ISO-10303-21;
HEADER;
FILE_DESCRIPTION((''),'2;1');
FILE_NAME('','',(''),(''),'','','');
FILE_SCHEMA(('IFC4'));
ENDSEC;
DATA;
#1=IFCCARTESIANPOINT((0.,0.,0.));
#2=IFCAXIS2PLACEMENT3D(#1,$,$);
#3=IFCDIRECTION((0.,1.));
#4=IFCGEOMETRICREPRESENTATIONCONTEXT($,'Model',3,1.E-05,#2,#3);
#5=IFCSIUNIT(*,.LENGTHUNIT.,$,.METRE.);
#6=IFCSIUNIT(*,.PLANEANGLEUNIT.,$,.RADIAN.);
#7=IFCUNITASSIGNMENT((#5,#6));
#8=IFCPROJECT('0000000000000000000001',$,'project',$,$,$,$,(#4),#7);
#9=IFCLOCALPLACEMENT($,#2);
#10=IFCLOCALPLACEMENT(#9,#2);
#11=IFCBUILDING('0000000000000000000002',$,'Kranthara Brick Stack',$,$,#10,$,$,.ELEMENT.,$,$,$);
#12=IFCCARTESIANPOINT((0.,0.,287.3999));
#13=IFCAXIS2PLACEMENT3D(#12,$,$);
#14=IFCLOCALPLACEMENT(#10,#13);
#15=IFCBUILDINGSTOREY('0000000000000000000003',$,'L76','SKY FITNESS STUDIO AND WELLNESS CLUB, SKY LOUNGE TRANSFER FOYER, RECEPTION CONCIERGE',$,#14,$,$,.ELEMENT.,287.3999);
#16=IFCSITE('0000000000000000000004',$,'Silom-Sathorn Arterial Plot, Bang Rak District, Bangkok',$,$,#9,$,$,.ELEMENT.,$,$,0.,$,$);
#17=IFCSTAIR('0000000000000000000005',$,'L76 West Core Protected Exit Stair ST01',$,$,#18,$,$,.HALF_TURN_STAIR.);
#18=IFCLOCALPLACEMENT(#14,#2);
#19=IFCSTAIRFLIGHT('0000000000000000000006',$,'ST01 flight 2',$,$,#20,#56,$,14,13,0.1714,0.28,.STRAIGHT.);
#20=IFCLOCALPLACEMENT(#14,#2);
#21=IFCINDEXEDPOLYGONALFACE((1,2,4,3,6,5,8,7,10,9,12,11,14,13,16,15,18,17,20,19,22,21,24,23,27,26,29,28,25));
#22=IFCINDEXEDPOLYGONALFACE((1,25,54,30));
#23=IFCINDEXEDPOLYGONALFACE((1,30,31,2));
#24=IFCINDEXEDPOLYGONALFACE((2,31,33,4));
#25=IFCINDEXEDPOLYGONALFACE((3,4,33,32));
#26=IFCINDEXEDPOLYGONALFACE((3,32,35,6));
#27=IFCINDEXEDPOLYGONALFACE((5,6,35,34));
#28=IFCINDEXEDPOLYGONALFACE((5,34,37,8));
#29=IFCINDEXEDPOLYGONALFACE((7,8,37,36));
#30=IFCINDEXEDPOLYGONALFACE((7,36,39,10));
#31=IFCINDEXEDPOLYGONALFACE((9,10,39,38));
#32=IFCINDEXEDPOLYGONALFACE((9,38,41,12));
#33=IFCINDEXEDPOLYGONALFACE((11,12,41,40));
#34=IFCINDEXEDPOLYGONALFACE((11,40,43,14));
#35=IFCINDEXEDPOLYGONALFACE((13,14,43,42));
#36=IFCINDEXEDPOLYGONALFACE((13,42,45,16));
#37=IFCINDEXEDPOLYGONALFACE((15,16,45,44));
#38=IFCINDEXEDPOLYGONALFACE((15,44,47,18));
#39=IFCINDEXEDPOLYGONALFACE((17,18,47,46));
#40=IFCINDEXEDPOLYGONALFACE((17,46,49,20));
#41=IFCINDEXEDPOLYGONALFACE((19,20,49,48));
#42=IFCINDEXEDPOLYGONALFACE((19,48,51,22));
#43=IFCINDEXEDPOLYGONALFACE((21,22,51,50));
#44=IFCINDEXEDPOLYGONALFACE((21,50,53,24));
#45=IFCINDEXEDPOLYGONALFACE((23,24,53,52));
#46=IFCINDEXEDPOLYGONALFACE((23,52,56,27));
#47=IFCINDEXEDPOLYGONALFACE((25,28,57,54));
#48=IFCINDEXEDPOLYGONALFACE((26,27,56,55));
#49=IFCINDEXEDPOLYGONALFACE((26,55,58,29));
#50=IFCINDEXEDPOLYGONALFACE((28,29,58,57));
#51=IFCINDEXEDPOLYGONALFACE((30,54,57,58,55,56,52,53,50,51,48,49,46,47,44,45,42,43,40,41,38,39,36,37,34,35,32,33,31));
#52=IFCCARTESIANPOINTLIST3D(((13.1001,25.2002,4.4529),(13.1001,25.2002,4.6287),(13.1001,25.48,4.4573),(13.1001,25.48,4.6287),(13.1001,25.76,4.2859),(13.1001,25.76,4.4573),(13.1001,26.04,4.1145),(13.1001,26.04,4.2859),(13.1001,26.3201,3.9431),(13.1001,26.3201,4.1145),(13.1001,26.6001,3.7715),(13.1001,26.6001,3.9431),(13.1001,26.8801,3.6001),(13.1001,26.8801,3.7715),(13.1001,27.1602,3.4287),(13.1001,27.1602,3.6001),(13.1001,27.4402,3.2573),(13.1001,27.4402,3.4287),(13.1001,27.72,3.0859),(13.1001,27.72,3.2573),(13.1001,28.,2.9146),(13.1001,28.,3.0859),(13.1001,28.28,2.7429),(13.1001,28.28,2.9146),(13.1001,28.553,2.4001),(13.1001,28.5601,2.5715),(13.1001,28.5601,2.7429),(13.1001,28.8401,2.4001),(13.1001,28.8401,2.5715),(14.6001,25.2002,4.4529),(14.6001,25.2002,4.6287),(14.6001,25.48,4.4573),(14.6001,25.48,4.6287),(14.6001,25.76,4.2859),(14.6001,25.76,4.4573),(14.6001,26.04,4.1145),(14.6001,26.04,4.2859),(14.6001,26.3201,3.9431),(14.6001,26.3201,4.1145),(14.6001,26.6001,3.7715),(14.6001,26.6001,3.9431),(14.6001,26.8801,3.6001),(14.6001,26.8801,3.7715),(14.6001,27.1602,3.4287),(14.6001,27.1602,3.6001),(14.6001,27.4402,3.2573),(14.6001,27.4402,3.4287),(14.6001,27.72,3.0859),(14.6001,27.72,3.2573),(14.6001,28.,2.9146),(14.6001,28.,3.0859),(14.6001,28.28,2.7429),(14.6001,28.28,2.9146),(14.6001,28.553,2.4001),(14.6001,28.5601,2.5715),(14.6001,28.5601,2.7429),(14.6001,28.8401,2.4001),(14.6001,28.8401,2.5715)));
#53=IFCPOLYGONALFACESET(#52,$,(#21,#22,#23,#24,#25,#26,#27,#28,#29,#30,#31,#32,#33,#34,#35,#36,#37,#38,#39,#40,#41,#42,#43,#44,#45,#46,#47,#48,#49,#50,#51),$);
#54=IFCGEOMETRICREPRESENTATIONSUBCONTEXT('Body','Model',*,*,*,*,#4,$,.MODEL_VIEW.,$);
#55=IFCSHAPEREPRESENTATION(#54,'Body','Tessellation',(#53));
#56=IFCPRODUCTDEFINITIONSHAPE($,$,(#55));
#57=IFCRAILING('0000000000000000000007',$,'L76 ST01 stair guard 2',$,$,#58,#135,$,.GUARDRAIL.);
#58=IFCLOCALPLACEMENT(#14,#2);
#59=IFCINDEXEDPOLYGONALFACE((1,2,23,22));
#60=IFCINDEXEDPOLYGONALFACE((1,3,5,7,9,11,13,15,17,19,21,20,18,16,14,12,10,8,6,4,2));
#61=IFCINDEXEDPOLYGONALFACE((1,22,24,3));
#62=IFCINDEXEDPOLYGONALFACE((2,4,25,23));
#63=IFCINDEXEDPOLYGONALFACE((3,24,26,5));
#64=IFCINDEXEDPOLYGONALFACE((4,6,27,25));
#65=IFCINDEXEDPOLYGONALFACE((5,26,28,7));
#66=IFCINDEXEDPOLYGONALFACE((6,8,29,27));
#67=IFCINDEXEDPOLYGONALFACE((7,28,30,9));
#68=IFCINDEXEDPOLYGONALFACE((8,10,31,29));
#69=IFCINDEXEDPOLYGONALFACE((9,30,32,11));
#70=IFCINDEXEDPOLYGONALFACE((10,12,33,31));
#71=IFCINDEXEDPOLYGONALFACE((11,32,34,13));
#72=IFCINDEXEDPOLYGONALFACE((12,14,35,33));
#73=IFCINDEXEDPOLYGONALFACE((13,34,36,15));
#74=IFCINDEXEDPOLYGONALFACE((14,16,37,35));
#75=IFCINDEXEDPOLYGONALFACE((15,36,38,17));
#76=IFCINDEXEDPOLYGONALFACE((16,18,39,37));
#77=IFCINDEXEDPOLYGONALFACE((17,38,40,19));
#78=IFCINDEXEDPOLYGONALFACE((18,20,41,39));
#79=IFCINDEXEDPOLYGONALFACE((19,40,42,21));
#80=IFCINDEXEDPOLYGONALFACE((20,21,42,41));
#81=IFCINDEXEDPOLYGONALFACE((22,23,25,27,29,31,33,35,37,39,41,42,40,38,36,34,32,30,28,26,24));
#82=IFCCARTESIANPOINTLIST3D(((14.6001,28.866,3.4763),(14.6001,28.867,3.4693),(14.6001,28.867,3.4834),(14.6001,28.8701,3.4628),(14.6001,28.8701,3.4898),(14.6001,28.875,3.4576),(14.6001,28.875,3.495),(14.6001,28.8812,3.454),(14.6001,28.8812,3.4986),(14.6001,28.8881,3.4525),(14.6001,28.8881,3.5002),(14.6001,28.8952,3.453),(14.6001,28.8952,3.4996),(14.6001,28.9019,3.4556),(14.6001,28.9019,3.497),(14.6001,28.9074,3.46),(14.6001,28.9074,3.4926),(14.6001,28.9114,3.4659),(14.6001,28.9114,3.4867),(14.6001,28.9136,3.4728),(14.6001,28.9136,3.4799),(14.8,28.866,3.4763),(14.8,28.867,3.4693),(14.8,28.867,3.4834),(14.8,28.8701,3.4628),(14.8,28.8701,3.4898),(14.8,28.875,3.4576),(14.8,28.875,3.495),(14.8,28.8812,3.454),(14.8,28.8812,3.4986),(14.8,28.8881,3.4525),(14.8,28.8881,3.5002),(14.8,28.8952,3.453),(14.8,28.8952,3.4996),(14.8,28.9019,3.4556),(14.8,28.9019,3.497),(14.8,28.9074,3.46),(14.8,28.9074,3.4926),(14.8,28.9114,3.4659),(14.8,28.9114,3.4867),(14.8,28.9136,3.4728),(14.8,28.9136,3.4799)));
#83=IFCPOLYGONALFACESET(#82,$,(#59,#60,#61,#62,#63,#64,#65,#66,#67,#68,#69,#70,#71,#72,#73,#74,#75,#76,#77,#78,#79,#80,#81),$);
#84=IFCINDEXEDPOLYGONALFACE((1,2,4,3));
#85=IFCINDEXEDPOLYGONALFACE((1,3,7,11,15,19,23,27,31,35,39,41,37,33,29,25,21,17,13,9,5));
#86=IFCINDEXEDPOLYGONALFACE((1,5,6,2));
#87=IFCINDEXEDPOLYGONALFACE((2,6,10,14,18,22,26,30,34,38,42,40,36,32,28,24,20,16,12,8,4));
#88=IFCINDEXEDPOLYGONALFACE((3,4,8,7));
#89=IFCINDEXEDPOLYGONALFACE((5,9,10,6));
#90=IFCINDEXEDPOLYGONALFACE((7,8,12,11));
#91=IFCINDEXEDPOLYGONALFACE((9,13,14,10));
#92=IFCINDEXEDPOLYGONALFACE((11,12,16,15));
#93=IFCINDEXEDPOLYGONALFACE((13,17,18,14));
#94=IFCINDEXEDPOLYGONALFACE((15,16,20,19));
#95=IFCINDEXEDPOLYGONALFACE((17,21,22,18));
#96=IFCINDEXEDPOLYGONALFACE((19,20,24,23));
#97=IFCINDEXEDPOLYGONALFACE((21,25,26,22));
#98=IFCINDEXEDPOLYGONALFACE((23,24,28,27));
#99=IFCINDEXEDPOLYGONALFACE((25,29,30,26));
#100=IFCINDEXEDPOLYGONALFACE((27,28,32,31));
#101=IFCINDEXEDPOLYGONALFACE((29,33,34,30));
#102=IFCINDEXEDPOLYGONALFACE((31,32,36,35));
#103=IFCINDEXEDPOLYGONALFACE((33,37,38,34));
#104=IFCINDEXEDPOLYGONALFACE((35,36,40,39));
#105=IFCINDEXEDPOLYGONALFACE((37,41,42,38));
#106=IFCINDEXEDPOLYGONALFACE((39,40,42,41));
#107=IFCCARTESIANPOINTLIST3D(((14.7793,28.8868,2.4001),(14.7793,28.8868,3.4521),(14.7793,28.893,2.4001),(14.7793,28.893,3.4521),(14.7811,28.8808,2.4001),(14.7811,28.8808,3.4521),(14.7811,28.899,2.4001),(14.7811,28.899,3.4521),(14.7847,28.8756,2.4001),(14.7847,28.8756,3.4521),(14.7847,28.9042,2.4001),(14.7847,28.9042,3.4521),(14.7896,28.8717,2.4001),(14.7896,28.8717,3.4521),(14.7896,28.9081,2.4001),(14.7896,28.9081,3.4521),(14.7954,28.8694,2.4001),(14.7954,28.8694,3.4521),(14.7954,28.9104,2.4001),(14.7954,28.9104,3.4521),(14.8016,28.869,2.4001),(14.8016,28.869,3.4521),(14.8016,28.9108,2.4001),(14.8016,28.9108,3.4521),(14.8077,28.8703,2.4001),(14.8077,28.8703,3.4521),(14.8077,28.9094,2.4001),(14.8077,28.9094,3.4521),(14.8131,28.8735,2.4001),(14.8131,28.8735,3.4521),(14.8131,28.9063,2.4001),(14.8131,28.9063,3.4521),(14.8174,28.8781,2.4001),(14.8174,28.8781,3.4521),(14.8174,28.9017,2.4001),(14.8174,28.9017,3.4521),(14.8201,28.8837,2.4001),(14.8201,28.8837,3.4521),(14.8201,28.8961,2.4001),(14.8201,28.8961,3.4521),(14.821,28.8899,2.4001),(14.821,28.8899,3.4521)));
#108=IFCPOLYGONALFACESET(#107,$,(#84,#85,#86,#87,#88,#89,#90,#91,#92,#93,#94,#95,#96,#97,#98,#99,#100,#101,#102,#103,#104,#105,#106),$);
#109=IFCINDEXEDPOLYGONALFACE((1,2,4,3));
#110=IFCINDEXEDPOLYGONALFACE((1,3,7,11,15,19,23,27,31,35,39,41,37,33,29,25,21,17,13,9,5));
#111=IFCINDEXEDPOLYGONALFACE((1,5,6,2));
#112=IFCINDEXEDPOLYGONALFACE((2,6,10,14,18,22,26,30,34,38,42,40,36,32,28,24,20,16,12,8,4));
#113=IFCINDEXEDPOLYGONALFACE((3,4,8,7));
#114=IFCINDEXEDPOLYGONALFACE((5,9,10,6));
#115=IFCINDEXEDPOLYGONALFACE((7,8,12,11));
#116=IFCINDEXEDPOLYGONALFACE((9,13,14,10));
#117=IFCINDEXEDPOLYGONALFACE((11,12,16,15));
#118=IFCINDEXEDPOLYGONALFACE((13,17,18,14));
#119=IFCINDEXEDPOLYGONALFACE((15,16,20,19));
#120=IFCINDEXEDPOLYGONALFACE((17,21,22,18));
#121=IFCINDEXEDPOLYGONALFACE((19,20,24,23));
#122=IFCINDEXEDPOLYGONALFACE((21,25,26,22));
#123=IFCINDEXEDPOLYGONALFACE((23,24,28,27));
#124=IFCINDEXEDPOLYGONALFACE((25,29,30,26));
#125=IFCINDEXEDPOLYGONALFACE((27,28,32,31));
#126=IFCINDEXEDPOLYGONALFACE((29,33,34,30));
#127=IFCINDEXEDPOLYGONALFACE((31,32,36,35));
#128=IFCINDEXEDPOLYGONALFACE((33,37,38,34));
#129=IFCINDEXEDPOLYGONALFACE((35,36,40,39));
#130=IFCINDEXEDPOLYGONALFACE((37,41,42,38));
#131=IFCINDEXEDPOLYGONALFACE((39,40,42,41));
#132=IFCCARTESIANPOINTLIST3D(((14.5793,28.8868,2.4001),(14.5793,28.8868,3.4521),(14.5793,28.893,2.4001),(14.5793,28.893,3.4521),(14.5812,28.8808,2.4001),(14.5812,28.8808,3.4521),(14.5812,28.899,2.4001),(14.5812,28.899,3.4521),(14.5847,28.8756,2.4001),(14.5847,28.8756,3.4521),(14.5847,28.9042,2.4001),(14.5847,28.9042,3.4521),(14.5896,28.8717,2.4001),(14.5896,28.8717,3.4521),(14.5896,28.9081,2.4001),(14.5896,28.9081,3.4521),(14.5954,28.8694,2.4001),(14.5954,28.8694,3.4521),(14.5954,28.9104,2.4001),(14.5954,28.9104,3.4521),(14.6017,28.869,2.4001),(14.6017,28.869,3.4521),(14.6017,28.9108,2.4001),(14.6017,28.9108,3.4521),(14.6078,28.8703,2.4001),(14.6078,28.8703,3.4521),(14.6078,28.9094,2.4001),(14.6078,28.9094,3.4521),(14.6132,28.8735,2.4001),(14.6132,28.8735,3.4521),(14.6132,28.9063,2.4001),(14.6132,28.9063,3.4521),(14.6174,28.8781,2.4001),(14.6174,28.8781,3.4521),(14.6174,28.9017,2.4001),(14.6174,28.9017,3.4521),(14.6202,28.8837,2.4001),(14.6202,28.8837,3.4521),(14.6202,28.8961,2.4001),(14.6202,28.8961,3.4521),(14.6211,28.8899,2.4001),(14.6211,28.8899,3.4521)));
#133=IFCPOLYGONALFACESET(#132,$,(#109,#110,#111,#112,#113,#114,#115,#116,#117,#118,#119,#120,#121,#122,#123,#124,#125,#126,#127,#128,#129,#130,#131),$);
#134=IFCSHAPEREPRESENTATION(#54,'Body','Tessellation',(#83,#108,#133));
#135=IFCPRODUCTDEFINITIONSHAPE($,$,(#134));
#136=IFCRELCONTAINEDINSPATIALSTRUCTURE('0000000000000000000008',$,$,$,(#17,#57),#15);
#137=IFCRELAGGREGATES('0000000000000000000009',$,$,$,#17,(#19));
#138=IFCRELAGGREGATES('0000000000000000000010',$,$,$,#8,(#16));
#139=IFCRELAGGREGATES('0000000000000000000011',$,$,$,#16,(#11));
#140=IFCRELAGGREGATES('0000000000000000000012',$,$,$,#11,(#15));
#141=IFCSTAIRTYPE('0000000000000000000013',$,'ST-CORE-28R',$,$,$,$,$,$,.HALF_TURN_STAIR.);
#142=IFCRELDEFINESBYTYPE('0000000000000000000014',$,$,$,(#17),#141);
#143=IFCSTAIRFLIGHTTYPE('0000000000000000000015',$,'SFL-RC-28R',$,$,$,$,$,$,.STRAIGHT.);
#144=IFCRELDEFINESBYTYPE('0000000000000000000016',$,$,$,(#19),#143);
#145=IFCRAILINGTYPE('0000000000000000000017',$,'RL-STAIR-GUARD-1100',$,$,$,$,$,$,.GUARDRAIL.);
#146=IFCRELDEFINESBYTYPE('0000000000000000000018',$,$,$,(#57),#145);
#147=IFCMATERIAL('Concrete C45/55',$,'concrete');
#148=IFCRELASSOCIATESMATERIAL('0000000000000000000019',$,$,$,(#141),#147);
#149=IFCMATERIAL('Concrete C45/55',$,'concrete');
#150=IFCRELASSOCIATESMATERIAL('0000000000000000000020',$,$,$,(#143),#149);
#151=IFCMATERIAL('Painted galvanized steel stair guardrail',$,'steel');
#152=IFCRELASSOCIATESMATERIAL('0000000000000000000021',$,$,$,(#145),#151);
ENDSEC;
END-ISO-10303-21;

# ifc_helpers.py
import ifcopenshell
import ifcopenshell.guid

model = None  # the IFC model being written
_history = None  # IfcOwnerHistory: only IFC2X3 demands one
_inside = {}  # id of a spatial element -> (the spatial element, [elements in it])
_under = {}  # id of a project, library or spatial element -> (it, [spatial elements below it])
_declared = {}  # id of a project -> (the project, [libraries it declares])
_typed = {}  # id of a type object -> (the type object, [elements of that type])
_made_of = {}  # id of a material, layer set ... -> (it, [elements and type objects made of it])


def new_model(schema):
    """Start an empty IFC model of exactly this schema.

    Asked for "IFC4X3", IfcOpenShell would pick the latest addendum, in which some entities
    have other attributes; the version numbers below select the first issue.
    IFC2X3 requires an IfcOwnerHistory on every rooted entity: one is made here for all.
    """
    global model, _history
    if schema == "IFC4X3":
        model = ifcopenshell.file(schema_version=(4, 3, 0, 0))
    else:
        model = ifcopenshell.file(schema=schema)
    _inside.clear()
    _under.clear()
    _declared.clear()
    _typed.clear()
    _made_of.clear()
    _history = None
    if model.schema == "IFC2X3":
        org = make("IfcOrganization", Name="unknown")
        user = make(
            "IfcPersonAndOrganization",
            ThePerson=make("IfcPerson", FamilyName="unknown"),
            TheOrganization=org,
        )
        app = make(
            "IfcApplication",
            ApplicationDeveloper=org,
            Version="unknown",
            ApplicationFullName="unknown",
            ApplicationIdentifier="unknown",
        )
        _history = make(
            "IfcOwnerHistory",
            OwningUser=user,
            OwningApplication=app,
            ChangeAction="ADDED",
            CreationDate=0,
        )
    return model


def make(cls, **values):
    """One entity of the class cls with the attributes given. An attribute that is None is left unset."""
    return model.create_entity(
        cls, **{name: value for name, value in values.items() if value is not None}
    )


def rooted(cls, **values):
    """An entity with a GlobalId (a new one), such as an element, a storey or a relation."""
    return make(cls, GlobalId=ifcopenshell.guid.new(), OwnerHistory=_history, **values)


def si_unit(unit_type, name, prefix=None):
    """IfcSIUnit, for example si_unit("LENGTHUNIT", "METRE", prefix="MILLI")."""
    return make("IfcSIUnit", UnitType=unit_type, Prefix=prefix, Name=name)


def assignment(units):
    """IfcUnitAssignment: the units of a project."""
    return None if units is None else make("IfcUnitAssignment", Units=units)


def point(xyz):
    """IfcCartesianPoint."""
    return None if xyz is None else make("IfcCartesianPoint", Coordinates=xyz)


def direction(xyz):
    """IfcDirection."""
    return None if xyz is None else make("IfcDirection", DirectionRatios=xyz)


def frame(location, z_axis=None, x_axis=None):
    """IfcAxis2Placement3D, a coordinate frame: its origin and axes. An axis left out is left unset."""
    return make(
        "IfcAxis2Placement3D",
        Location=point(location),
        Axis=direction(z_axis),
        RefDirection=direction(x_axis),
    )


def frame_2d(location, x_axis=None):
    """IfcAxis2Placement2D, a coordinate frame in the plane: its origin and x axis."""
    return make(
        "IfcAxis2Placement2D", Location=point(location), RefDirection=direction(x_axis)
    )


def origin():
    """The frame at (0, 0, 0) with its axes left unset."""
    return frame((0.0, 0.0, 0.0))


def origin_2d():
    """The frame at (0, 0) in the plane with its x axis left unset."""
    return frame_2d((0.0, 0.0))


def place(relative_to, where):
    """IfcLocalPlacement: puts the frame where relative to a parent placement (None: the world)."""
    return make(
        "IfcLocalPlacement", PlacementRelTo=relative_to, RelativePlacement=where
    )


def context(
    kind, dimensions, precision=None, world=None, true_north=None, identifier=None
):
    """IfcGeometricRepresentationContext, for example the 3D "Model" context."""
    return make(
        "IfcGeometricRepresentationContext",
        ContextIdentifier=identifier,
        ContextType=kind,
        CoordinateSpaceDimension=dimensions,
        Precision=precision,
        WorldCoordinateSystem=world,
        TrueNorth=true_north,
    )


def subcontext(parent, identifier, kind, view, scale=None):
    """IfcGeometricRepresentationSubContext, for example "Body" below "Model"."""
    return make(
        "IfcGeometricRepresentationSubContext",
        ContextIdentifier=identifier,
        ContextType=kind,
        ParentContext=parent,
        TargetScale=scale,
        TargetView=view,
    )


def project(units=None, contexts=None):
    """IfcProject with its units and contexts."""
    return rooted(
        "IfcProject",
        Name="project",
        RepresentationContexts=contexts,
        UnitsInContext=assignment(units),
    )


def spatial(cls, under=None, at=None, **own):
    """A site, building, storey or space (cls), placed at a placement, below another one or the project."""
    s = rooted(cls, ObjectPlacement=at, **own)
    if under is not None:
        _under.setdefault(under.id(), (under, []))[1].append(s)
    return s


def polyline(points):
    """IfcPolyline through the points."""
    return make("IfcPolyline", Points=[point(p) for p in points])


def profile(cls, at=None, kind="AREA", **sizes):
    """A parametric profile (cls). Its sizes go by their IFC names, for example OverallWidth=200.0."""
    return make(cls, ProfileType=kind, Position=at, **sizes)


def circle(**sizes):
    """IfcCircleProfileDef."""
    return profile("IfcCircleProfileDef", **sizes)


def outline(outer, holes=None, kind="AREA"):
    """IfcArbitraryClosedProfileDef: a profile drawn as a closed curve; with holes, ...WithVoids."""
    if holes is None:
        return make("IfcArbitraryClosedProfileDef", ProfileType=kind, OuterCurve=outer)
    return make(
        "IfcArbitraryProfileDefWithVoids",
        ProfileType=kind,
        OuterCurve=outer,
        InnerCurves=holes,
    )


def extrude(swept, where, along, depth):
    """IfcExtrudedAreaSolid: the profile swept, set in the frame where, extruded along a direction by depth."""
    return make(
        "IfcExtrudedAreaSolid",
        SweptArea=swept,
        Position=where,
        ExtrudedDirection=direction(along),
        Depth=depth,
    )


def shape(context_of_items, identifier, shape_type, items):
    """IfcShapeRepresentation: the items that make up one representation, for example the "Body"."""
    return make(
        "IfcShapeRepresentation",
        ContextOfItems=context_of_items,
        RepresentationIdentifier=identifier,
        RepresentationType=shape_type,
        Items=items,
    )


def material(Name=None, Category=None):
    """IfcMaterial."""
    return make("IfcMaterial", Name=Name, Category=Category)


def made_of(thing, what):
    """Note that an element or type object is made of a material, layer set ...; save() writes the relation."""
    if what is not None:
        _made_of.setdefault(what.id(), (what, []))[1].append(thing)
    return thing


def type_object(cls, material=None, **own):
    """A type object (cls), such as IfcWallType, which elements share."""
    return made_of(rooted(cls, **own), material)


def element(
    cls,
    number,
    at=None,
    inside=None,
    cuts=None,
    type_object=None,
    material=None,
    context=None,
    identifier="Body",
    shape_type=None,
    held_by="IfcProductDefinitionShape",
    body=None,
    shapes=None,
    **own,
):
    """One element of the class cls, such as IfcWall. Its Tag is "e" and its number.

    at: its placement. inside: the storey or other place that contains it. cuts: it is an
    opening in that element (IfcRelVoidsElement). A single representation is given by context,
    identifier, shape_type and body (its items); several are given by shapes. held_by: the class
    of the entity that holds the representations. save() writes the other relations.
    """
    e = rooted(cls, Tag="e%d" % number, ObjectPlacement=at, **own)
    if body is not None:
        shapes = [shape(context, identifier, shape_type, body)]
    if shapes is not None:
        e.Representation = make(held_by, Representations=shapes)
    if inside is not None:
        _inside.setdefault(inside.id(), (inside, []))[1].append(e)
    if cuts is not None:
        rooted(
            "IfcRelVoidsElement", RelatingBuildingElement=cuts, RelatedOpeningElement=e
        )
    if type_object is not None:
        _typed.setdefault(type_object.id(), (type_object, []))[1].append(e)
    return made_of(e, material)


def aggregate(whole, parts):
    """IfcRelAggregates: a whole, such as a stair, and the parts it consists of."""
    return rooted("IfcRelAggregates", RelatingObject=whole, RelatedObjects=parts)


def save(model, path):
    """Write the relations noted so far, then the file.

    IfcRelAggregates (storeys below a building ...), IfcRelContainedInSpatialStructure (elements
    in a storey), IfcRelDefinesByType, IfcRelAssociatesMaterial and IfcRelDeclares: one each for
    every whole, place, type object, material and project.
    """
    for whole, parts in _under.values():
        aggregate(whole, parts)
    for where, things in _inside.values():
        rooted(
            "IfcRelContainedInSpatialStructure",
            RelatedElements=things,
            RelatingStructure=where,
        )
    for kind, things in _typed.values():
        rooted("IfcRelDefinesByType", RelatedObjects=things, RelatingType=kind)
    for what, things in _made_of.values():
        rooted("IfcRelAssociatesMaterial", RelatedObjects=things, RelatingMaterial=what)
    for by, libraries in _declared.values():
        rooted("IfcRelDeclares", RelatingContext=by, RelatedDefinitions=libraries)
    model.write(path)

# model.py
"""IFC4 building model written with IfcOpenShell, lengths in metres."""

from ifc_helpers import new_model, si_unit, direction, frame, origin, origin_2d, place, context, subcontext, project, spatial, polyline, circle, outline, extrude, material, type_object, element, aggregate, save


model = new_model("IFC4")

# Units and contexts
model_context = context("Model", 3, precision=1e-05, world=origin(), true_north=direction((0.0, 1.0)))
body_context = subcontext(model_context, "Body", "Model", "MODEL_VIEW")
ifc_project = project(units=[si_unit("LENGTHUNIT", "METRE"), si_unit("PLANEANGLEUNIT", "RADIAN")], contexts=[model_context])

# Site, building, storey
site_placement = place(None, origin())
site = spatial("IfcSite", under=ifc_project, at=site_placement, Name="Silom-Sathorn Arterial Plot, Bang Rak District, Bangkok", CompositionType="ELEMENT", RefElevation=0.0)
building_placement = place(site_placement, origin())
building = spatial("IfcBuilding", under=site, at=building_placement, Name="Kranthara Brick Stack", CompositionType="ELEMENT")
storey_placement = place(building_placement, frame((0.0, 0.0, 287.3999)))
storey = spatial("IfcBuildingStorey", under=building, at=storey_placement, Name="L76", Description="SKY FITNESS STUDIO AND WELLNESS CLUB, SKY LOUNGE TRANSFER FOYER, RECEPTION CONCIERGE", CompositionType="ELEMENT", Elevation=287.3999)

# Stair, stair flight
ifc_material_1 = material(Name="Concrete C45/55", Category="concrete")
stair_type = type_object("IfcStairType", Name="ST-CORE-28R", PredefinedType="HALF_TURN_STAIR", material=ifc_material_1)
stair_placement = place(storey_placement, origin())
stair = element("IfcStair", 1, at=stair_placement, inside=storey, type_object=stair_type, Name="L76 West Core Protected Exit Stair ST01", PredefinedType="HALF_TURN_STAIR")
ifc_material_2 = material(Name="Concrete C45/55", Category="concrete")
stair_flight_type = type_object("IfcStairFlightType", Name="SFL-RC-28R", PredefinedType="STRAIGHT", material=ifc_material_2)
stair_flight_placement = place(storey_placement, frame((13.8501, 28.8401, 2.4001), z_axis=(0.0, 0.0, 1.0), x_axis=(0.0, -1.0, 0.0)))
stair_flight = element("IfcStairFlight", 2, at=stair_flight_placement, type_object=stair_flight_type, Name="ST01 flight 2", NumberOfRisers=14, NumberOfTreads=13, PredefinedType="STRAIGHT", RiserHeight=0.1714, TreadLength=0.28, context=body_context, shape_type="SweptSolid", body=[
    extrude(outline(polyline([(0.0, 0.0), (0.0, 0.1714), (0.28, 0.1714), (0.28, 0.3428), (0.5601, 0.3428), (0.5601, 0.5144), (0.8401, 0.5144), (0.8401, 0.6858), (1.1201, 0.6858), (1.1201, 0.8572), (1.3999, 0.8572), (1.3999, 1.0286), (1.6799, 1.0286), (1.6799, 1.2), (1.96, 1.2), (1.96, 1.3713), (2.24, 1.3713), (2.24, 1.543), (2.52, 1.543), (2.52, 1.7144), (2.8, 1.7144), (2.8, 1.8857), (3.0801, 1.8857), (3.0801, 2.0571), (3.3601, 2.0571), (3.3601, 2.2285), (3.6399, 2.2285), (3.6399, 2.3999), (3.6399, 2.0527), (0.2871, 0.0), (0.0, 0.0)])), frame((0.0, 0.75, 0.0), z_axis=(0.0, -1.0, 0.0), x_axis=(1.0, 0.0, 0.0)), (0.0, 0.0, 1.0), 1.5),
])
aggregate(stair, [stair_flight])

# Railing
ifc_material_3 = material(Name="Painted galvanized steel stair guardrail", Category="steel")
railing_type_1 = type_object("IfcRailingType", Name="RL-STAIR-GUARD-1100", PredefinedType="GUARDRAIL", material=ifc_material_3)
railing_1_placement = place(storey_placement, frame((14.8, 28.8899, 2.4001)))
element("IfcRailing", 3, at=railing_1_placement, inside=storey, type_object=railing_type_1, Name="L76 ST01 stair guard 2", PredefinedType="GUARDRAIL", context=body_context, shape_type="SweptSolid", body=[
    extrude(circle(Radius=0.0239, at=origin_2d()), frame((0.0, 0.0, 1.0762), z_axis=(-1.0, 0.0, 0.0), x_axis=(0.0, -1.0, 0.0)), (0.0, 0.0, 1.0), 0.2),
    extrude(circle(Radius=0.021, at=origin_2d()), origin(), (0.0, 0.0, 1.0), 1.052),
    extrude(circle(Radius=0.021, at=origin_2d()), frame((-0.2, 0.0, 0.0)), (0.0, 0.0, 1.0), 1.052),
])

save(model, "model.ifc")
